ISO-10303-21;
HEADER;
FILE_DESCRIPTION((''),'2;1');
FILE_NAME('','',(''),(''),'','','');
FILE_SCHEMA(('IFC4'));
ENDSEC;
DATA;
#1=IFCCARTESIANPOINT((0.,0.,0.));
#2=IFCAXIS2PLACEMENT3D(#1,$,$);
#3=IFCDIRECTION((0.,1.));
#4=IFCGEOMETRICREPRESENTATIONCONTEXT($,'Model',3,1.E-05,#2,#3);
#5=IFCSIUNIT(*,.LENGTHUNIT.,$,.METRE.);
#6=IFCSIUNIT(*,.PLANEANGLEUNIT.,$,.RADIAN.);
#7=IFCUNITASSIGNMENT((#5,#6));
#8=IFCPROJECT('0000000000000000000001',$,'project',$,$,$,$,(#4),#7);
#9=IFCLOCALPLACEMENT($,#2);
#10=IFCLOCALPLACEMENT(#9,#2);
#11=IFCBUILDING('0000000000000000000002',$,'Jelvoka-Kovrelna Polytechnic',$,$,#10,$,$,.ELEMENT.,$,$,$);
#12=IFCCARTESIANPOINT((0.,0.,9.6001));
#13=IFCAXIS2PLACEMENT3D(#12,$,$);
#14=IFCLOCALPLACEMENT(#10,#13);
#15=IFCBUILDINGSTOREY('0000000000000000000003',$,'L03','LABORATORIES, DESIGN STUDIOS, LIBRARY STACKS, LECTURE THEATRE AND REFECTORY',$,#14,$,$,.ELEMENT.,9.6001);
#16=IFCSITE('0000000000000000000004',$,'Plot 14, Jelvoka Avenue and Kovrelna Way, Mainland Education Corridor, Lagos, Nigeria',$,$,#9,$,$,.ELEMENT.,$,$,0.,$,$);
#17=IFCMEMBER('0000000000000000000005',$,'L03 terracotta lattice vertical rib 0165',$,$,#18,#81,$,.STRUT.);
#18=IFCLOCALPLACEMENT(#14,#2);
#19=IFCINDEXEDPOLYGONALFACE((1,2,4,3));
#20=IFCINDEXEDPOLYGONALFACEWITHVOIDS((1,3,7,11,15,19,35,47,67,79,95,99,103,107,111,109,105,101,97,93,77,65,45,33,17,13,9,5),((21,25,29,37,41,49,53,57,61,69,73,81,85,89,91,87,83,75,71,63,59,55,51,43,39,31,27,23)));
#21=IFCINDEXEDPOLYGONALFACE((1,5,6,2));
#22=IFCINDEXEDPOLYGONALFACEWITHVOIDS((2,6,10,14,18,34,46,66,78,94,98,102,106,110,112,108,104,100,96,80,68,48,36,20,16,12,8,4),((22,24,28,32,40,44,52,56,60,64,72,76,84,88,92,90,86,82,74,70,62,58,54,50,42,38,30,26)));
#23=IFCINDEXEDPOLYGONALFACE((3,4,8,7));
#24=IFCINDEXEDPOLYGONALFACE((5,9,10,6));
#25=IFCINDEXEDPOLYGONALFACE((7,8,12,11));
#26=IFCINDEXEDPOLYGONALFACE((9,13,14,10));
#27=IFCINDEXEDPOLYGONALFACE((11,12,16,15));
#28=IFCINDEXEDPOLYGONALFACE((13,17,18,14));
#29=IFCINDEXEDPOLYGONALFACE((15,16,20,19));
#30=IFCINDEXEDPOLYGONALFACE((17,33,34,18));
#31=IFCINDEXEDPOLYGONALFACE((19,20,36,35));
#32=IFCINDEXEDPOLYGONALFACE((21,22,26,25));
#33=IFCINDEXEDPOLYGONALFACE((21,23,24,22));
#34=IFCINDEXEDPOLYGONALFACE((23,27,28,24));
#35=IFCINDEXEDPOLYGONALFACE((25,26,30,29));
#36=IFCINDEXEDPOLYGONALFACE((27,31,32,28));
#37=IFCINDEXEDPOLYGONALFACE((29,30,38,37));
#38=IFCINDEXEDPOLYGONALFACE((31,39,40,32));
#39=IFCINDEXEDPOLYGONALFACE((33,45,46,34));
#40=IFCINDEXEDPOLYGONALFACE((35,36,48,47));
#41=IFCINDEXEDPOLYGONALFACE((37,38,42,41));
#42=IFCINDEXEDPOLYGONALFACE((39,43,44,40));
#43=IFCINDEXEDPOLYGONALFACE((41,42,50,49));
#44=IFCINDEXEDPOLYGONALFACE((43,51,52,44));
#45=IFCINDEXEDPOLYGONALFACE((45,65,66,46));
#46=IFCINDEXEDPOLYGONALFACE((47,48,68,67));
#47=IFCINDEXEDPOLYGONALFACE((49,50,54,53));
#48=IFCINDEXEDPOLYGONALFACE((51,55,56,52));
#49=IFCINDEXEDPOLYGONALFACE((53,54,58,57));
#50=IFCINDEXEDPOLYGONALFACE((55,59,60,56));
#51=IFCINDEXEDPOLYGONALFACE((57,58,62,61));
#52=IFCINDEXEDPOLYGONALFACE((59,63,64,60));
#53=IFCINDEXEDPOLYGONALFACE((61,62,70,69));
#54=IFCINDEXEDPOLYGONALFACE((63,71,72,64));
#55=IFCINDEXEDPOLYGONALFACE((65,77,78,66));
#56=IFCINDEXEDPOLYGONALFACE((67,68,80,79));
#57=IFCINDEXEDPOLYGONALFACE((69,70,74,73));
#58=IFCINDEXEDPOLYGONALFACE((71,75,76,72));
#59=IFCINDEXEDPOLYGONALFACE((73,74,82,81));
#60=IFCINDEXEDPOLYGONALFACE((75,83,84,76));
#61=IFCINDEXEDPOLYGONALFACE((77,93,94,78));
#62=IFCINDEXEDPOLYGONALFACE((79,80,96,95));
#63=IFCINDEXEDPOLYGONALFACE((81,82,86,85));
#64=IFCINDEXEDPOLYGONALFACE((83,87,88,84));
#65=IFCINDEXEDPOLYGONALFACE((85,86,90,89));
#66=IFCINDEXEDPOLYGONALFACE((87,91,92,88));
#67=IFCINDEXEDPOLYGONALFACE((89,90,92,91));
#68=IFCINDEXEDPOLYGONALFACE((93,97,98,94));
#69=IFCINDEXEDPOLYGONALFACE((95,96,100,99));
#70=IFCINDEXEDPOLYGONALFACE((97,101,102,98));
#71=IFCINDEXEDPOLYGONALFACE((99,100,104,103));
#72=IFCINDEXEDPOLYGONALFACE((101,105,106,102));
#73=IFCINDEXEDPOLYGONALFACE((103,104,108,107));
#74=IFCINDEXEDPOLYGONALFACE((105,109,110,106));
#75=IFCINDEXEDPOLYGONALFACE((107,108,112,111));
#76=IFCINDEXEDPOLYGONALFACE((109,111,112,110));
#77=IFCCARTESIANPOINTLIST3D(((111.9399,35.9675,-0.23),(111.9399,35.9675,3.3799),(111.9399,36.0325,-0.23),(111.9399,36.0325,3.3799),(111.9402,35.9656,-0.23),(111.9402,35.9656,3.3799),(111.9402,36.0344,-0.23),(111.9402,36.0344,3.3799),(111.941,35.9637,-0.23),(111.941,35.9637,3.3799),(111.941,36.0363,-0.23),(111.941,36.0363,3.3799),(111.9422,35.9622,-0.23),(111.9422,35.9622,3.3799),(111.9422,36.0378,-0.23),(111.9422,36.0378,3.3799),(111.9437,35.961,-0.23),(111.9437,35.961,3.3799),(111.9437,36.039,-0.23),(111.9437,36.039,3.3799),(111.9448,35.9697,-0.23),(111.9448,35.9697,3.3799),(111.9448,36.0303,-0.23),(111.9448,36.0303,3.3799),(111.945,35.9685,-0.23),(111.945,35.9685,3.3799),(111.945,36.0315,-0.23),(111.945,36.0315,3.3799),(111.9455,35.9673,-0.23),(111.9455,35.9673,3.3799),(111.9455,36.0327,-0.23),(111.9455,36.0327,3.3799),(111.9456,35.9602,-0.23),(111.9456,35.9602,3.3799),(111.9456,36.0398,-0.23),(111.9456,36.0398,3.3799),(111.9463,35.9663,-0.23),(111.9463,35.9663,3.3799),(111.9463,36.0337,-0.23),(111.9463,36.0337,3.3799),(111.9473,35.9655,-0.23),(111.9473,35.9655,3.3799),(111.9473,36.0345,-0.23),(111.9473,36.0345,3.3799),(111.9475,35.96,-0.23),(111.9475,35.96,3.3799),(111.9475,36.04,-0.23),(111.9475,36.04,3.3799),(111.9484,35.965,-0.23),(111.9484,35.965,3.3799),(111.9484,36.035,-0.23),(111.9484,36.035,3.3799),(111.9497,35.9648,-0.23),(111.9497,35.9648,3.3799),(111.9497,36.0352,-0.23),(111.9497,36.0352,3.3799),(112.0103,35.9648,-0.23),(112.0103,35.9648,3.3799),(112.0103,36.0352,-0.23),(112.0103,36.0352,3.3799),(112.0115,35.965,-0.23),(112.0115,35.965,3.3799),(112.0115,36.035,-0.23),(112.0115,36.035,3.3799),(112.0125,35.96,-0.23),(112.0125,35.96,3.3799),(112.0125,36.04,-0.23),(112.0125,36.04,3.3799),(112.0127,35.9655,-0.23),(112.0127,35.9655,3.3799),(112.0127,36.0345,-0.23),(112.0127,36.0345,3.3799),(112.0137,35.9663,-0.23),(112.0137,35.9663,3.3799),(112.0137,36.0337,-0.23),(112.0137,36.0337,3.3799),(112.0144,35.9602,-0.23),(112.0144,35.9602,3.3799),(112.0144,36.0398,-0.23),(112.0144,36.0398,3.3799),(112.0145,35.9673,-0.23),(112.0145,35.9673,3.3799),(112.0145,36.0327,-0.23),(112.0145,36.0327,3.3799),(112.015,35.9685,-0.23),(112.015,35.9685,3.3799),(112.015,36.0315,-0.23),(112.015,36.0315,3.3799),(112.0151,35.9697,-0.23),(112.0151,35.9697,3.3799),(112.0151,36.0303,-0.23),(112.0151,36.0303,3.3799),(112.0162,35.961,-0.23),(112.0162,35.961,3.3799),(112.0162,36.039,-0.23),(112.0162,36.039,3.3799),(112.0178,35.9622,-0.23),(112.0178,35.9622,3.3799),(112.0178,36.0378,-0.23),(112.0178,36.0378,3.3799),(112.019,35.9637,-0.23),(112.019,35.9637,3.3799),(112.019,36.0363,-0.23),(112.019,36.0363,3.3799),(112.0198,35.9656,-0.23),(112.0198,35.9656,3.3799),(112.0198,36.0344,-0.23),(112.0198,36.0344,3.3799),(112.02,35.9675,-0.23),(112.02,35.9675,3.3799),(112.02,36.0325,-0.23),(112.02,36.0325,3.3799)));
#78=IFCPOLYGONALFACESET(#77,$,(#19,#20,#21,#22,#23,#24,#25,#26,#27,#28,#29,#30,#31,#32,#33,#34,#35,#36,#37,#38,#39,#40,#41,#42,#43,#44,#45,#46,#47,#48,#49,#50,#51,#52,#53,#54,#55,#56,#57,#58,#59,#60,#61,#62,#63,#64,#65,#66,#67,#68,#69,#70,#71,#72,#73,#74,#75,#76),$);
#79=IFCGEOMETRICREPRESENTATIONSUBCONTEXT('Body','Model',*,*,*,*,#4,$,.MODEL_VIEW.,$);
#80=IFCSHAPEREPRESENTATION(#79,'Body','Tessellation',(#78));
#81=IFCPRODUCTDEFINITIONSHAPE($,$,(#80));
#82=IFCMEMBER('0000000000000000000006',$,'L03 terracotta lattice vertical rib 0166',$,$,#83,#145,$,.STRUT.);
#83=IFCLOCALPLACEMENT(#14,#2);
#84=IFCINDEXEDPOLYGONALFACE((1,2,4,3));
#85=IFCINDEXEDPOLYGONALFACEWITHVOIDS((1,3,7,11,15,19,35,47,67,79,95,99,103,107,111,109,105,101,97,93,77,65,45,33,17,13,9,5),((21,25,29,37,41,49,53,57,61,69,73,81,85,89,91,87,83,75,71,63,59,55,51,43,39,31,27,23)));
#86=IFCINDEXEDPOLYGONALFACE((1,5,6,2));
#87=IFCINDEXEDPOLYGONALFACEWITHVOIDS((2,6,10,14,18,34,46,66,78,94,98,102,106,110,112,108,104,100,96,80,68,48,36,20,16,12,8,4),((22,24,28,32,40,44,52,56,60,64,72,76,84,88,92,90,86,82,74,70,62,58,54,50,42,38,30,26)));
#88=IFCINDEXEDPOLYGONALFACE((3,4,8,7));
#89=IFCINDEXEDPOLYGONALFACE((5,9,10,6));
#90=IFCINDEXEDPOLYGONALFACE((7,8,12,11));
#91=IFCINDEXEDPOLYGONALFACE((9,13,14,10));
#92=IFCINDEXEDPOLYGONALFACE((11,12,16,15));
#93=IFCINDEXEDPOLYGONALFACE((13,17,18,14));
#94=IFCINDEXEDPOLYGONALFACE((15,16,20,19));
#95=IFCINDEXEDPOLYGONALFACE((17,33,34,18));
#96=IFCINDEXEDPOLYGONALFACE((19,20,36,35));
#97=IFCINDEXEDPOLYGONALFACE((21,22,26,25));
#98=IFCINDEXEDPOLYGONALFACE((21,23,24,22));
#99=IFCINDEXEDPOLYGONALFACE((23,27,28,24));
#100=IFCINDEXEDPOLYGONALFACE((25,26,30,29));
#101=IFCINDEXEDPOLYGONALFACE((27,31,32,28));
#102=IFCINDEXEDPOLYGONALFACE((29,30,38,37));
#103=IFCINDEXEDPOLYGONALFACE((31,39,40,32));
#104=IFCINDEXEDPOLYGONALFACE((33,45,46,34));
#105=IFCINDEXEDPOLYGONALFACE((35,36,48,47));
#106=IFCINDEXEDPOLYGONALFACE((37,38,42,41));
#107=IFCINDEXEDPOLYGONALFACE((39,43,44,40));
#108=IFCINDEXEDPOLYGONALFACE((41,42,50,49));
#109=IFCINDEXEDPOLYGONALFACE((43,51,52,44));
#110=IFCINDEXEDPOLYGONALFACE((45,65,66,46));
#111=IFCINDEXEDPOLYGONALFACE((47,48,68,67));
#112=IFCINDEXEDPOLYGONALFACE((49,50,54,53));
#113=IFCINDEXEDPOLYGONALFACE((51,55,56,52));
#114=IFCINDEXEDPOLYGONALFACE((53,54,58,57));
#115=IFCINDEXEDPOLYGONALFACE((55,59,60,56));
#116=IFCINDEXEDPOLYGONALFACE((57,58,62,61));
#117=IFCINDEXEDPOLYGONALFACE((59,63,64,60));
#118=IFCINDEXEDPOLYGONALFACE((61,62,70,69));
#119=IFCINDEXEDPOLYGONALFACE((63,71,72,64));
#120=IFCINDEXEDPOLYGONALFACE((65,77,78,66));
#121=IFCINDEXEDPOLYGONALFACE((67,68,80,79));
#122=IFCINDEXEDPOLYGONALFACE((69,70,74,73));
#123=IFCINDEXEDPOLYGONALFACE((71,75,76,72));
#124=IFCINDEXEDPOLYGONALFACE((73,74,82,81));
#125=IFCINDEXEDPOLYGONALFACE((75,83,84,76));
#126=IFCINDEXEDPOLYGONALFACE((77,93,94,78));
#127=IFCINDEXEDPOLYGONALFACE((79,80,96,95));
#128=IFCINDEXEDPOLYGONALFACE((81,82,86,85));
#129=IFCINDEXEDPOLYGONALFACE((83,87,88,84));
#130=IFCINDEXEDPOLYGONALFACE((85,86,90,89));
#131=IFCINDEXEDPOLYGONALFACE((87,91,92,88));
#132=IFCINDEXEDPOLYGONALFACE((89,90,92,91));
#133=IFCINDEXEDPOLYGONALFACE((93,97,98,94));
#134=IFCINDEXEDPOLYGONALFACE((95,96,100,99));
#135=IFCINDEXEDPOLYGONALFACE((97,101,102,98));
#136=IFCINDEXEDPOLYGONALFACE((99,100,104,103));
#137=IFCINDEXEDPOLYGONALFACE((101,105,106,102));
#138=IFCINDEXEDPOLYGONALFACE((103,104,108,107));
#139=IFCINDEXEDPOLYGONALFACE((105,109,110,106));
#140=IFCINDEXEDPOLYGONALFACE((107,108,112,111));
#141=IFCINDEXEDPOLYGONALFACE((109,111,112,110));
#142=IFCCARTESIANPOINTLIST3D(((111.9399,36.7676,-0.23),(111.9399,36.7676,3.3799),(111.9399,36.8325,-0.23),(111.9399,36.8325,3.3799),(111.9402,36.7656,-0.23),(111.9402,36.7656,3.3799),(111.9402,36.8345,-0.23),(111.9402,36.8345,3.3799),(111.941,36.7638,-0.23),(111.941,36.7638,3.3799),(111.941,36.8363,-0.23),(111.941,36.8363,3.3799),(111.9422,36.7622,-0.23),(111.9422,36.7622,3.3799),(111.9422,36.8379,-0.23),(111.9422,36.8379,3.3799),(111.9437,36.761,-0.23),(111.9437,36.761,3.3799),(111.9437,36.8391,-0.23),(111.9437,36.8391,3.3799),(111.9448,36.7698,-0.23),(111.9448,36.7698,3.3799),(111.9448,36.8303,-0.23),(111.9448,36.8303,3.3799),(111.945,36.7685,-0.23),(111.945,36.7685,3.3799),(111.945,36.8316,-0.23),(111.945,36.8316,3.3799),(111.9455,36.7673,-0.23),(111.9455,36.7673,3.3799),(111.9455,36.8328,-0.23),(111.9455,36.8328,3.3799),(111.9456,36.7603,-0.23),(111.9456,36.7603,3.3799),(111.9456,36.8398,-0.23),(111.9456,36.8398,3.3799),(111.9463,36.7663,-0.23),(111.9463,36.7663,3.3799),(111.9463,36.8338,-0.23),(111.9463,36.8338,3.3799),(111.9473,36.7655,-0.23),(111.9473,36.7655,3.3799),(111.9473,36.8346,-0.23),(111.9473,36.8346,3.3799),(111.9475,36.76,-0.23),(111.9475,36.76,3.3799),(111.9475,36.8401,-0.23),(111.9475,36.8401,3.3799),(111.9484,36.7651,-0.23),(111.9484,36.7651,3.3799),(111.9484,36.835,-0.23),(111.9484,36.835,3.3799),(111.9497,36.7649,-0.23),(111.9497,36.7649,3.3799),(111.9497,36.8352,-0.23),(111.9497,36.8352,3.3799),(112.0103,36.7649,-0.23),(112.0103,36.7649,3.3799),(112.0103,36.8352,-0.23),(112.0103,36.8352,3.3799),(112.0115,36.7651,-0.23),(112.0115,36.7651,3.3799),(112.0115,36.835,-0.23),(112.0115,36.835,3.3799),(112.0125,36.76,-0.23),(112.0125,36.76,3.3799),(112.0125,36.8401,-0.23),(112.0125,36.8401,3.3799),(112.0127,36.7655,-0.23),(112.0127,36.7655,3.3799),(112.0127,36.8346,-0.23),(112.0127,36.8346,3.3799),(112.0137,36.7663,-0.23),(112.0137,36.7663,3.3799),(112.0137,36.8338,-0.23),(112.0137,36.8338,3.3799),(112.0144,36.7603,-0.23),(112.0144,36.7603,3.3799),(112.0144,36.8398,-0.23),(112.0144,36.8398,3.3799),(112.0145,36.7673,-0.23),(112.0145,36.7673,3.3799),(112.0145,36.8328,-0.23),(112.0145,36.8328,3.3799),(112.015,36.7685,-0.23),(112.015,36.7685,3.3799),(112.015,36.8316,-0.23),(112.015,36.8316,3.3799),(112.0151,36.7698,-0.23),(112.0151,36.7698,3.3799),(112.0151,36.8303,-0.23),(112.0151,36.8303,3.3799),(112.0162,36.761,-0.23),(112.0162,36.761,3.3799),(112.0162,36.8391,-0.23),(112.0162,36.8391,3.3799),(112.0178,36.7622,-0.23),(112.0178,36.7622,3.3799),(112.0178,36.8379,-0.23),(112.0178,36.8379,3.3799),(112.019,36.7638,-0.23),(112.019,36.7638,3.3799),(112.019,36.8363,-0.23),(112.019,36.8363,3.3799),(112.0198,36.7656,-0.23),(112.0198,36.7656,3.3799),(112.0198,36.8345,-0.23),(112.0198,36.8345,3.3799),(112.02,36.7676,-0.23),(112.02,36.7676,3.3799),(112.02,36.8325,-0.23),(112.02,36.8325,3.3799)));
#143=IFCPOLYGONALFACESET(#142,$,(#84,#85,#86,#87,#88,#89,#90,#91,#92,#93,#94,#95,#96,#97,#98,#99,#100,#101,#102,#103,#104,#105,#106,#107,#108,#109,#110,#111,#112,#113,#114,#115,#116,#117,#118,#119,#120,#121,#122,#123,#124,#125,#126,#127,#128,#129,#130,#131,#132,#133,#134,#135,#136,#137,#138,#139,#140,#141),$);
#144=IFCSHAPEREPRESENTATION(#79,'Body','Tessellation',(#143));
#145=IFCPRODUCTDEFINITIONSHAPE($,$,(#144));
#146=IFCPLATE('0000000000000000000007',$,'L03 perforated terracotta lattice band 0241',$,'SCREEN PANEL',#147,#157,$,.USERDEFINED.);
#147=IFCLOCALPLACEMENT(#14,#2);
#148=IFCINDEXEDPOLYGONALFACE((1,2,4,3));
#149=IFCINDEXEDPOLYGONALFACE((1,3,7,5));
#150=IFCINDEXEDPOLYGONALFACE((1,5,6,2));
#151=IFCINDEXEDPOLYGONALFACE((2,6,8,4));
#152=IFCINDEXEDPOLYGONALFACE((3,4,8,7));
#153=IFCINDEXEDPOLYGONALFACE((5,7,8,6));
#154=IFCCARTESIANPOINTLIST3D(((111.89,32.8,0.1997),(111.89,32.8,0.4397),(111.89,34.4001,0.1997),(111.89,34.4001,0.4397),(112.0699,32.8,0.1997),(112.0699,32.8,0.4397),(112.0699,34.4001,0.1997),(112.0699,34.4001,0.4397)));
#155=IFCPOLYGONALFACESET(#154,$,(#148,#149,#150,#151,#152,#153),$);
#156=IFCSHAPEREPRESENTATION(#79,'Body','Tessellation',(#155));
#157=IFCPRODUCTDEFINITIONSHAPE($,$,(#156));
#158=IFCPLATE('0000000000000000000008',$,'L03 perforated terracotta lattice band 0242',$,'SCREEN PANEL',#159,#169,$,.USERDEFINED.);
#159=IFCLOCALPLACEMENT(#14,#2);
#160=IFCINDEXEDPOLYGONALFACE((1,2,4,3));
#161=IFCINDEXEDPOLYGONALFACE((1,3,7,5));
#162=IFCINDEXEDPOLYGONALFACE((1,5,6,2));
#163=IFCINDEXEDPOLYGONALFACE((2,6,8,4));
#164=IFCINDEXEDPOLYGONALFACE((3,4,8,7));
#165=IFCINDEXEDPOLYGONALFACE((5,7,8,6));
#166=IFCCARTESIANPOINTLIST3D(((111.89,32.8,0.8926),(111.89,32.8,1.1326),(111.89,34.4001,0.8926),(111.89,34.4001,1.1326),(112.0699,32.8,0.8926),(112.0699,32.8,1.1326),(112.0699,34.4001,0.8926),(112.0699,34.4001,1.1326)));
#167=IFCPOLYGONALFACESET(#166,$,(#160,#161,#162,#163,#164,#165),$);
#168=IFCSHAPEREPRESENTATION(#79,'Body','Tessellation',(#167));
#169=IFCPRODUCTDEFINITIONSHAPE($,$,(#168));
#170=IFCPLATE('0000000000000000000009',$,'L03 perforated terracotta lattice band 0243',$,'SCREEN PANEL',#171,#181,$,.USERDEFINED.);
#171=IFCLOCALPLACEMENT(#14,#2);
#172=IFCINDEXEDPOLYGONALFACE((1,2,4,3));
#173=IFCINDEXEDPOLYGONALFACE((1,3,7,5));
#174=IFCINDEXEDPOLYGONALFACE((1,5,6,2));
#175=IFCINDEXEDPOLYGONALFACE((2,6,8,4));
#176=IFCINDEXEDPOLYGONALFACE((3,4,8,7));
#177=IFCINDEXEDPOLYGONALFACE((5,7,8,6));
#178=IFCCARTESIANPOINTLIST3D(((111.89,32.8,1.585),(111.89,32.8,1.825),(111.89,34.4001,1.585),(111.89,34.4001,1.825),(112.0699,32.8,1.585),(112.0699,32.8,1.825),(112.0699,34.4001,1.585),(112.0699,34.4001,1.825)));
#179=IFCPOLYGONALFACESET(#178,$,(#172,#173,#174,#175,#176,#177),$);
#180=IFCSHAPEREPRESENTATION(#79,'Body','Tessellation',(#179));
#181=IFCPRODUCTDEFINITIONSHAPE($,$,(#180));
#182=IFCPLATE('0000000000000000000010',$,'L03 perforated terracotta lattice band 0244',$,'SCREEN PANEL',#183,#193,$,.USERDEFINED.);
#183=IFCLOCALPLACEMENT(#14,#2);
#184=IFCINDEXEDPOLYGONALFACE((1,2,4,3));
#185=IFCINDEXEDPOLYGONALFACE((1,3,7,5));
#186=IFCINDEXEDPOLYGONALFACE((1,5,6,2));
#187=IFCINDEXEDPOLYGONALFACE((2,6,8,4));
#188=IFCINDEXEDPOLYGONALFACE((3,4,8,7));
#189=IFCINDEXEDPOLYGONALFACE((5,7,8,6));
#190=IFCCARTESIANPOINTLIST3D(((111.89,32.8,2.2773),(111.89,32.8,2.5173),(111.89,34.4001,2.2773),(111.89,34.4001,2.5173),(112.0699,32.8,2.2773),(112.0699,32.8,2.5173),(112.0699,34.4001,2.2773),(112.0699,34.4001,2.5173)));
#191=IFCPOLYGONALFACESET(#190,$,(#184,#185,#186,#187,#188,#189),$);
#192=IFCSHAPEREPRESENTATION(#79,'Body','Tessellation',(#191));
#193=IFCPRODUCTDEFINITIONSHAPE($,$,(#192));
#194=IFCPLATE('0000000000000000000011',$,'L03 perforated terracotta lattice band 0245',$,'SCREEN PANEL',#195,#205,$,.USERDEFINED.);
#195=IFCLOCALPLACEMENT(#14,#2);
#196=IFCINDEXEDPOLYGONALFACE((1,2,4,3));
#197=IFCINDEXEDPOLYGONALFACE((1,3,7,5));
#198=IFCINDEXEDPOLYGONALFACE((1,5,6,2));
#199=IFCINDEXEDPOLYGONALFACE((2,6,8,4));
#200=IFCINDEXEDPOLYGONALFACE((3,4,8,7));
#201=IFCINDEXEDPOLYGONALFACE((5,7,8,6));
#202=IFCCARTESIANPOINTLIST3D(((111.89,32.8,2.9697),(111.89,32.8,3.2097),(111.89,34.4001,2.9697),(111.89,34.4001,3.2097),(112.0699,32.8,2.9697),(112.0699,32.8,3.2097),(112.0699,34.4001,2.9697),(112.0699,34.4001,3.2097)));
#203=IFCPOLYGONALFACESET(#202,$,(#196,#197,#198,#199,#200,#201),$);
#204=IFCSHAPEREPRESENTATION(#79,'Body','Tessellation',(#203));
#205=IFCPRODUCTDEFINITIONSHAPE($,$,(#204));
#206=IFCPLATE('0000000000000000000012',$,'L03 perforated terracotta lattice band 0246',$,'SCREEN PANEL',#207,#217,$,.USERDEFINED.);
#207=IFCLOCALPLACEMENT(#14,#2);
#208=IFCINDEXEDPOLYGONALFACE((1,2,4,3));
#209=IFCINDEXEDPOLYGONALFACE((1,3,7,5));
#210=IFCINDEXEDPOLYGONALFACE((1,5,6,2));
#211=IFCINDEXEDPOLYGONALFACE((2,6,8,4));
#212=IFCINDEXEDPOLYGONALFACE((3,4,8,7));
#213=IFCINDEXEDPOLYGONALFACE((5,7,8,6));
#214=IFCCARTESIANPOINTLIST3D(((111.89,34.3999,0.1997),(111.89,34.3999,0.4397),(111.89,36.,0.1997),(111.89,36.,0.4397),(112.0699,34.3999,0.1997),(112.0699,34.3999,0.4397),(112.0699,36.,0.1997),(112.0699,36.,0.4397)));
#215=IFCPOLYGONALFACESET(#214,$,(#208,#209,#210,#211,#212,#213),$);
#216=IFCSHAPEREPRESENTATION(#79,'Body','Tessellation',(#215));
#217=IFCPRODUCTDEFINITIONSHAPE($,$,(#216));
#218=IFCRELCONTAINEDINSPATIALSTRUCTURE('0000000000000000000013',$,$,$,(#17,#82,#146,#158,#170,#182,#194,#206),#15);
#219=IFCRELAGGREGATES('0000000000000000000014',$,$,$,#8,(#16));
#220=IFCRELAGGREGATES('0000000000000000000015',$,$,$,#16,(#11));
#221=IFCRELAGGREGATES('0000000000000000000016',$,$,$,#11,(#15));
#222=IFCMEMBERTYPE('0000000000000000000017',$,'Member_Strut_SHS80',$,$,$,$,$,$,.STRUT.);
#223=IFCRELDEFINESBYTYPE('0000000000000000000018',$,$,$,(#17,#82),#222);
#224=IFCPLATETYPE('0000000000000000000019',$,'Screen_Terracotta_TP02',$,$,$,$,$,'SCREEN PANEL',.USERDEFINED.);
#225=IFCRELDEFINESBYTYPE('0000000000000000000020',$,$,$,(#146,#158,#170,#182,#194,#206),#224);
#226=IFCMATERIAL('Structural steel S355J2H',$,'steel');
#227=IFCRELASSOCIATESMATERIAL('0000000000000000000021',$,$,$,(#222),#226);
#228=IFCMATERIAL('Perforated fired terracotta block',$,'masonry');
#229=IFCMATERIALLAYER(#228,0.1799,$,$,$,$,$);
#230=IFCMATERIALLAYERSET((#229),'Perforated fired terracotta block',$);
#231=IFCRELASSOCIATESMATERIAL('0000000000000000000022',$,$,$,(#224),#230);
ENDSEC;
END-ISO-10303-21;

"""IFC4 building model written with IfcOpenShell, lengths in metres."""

from ifc_helpers import new_model, si_unit, direction, frame, origin, origin_2d, place, context, subcontext, project, spatial, rectangle, hollow_rectangle, extrude, material, layer, layer_set, material_profile, profile_set, type_object, element, save


model = new_model("IFC4")

# Units and contexts
model_context = context("Model", 3, precision=1e-05, world=origin(), true_north=direction((0.0, 1.0)))
body_context = subcontext(model_context, "Body", "Model", "MODEL_VIEW")
ifc_project = project(units=[si_unit("LENGTHUNIT", "METRE"), si_unit("PLANEANGLEUNIT", "RADIAN")], contexts=[model_context])

# Site, building, storey
site_placement = place(None, origin())
site = spatial("IfcSite", under=ifc_project, at=site_placement, Name="Plot 14, Jelvoka Avenue and Kovrelna Way, Mainland Education Corridor, Lagos, Nigeria", CompositionType="ELEMENT", RefElevation=0.0)
building_placement = place(site_placement, origin())
building = spatial("IfcBuilding", under=site, at=building_placement, Name="Jelvoka-Kovrelna Polytechnic", CompositionType="ELEMENT")
storey_placement = place(building_placement, frame((0.0, 0.0, 9.6001)))
storey = spatial("IfcBuildingStorey", under=building, at=storey_placement, Name="L03", Description="LABORATORIES, DESIGN STUDIOS, LIBRARY STACKS, LECTURE THEATRE AND REFECTORY", CompositionType="ELEMENT", Elevation=9.6001)

# Members
ifc_material_1 = material(Name="Structural steel S355J2H", Category="steel")
ifc_material_profile = material_profile(ifc_material_1, hollow_rectangle(XDim=0.0801, YDim=0.0801, WallThickness=0.0049, InnerFilletRadius=0.0049, OuterFilletRadius=0.0076, at=origin_2d()), Name="80x80x5.0 SHS")
ifc_profile_set = profile_set([ifc_material_profile], Name="Structural steel S355J2H")
member_type = type_object("IfcMemberType", Name="Member_Strut_SHS80", PredefinedType="STRUT", material=ifc_profile_set)
for number, where, z_axis, x_axis, name in (
    (1, (111.98, 36.0, -0.23), (0.0, 0.0, 1.0), (1.0, 0.0, 0.0), "L03 terracotta lattice vertical rib 0165"),
    (2, (111.98, 36.8, -0.23), (0.0, 0.0, 1.0), (1.0, 0.0, 0.0), "L03 terracotta lattice vertical rib 0166"),
):
    element("IfcMember", number, at=place(storey_placement, frame(where, z_axis=z_axis, x_axis=x_axis)), inside=storey, type_object=member_type, Name=name, PredefinedType="STRUT", context=body_context, shape_type="SweptSolid", body=[
        extrude(hollow_rectangle(XDim=0.0801, YDim=0.0801, WallThickness=0.0049, InnerFilletRadius=0.0049, OuterFilletRadius=0.0076, at=origin_2d()), origin(), (0.0, 0.0, 1.0), 3.6099),
    ])

# Plates
ifc_material_2 = material(Name="Perforated fired terracotta block", Category="masonry")
ifc_layer = layer(ifc_material_2, 0.1799)
ifc_layer_set = layer_set([ifc_layer], Name="Perforated fired terracotta block")
plate_type = type_object("IfcPlateType", Name="Screen_Terracotta_TP02", ElementType="SCREEN PANEL", PredefinedType="USERDEFINED", material=ifc_layer_set)
for number, where, z_axis, x_axis, name in (
    (3, (111.98, 33.6001, 0.1997), (0.0, 0.0, 1.0), (0.0, 1.0, 0.0), "L03 perforated terracotta lattice band 0241"),
    (4, (111.98, 33.6001, 0.8926), (0.0, 0.0, 1.0), (0.0, 1.0, 0.0), "L03 perforated terracotta lattice band 0242"),
    (5, (111.98, 33.6001, 1.585), (0.0, 0.0, 1.0), (0.0, 1.0, 0.0), "L03 perforated terracotta lattice band 0243"),
    (6, (111.98, 33.6001, 2.2773), (0.0, 0.0, 1.0), (0.0, 1.0, 0.0), "L03 perforated terracotta lattice band 0244"),
    (7, (111.98, 33.6001, 2.9697), (0.0, 0.0, 1.0), (0.0, 1.0, 0.0), "L03 perforated terracotta lattice band 0245"),
    (8, (111.98, 35.2, 0.1997), (0.0, 0.0, 1.0), (0.0, 1.0, 0.0), "L03 perforated terracotta lattice band 0246"),
):
    element("IfcPlate", number, at=place(storey_placement, frame(where, z_axis=z_axis, x_axis=x_axis)), inside=storey, type_object=plate_type, Name=name, ObjectType="SCREEN PANEL", PredefinedType="USERDEFINED", context=body_context, shape_type="SweptSolid", body=[
        extrude(rectangle(XDim=1.6001, YDim=0.1799, at=origin_2d()), origin(), (0.0, 0.0, 1.0), 0.24),
    ])

save(model, "model.ifc")
